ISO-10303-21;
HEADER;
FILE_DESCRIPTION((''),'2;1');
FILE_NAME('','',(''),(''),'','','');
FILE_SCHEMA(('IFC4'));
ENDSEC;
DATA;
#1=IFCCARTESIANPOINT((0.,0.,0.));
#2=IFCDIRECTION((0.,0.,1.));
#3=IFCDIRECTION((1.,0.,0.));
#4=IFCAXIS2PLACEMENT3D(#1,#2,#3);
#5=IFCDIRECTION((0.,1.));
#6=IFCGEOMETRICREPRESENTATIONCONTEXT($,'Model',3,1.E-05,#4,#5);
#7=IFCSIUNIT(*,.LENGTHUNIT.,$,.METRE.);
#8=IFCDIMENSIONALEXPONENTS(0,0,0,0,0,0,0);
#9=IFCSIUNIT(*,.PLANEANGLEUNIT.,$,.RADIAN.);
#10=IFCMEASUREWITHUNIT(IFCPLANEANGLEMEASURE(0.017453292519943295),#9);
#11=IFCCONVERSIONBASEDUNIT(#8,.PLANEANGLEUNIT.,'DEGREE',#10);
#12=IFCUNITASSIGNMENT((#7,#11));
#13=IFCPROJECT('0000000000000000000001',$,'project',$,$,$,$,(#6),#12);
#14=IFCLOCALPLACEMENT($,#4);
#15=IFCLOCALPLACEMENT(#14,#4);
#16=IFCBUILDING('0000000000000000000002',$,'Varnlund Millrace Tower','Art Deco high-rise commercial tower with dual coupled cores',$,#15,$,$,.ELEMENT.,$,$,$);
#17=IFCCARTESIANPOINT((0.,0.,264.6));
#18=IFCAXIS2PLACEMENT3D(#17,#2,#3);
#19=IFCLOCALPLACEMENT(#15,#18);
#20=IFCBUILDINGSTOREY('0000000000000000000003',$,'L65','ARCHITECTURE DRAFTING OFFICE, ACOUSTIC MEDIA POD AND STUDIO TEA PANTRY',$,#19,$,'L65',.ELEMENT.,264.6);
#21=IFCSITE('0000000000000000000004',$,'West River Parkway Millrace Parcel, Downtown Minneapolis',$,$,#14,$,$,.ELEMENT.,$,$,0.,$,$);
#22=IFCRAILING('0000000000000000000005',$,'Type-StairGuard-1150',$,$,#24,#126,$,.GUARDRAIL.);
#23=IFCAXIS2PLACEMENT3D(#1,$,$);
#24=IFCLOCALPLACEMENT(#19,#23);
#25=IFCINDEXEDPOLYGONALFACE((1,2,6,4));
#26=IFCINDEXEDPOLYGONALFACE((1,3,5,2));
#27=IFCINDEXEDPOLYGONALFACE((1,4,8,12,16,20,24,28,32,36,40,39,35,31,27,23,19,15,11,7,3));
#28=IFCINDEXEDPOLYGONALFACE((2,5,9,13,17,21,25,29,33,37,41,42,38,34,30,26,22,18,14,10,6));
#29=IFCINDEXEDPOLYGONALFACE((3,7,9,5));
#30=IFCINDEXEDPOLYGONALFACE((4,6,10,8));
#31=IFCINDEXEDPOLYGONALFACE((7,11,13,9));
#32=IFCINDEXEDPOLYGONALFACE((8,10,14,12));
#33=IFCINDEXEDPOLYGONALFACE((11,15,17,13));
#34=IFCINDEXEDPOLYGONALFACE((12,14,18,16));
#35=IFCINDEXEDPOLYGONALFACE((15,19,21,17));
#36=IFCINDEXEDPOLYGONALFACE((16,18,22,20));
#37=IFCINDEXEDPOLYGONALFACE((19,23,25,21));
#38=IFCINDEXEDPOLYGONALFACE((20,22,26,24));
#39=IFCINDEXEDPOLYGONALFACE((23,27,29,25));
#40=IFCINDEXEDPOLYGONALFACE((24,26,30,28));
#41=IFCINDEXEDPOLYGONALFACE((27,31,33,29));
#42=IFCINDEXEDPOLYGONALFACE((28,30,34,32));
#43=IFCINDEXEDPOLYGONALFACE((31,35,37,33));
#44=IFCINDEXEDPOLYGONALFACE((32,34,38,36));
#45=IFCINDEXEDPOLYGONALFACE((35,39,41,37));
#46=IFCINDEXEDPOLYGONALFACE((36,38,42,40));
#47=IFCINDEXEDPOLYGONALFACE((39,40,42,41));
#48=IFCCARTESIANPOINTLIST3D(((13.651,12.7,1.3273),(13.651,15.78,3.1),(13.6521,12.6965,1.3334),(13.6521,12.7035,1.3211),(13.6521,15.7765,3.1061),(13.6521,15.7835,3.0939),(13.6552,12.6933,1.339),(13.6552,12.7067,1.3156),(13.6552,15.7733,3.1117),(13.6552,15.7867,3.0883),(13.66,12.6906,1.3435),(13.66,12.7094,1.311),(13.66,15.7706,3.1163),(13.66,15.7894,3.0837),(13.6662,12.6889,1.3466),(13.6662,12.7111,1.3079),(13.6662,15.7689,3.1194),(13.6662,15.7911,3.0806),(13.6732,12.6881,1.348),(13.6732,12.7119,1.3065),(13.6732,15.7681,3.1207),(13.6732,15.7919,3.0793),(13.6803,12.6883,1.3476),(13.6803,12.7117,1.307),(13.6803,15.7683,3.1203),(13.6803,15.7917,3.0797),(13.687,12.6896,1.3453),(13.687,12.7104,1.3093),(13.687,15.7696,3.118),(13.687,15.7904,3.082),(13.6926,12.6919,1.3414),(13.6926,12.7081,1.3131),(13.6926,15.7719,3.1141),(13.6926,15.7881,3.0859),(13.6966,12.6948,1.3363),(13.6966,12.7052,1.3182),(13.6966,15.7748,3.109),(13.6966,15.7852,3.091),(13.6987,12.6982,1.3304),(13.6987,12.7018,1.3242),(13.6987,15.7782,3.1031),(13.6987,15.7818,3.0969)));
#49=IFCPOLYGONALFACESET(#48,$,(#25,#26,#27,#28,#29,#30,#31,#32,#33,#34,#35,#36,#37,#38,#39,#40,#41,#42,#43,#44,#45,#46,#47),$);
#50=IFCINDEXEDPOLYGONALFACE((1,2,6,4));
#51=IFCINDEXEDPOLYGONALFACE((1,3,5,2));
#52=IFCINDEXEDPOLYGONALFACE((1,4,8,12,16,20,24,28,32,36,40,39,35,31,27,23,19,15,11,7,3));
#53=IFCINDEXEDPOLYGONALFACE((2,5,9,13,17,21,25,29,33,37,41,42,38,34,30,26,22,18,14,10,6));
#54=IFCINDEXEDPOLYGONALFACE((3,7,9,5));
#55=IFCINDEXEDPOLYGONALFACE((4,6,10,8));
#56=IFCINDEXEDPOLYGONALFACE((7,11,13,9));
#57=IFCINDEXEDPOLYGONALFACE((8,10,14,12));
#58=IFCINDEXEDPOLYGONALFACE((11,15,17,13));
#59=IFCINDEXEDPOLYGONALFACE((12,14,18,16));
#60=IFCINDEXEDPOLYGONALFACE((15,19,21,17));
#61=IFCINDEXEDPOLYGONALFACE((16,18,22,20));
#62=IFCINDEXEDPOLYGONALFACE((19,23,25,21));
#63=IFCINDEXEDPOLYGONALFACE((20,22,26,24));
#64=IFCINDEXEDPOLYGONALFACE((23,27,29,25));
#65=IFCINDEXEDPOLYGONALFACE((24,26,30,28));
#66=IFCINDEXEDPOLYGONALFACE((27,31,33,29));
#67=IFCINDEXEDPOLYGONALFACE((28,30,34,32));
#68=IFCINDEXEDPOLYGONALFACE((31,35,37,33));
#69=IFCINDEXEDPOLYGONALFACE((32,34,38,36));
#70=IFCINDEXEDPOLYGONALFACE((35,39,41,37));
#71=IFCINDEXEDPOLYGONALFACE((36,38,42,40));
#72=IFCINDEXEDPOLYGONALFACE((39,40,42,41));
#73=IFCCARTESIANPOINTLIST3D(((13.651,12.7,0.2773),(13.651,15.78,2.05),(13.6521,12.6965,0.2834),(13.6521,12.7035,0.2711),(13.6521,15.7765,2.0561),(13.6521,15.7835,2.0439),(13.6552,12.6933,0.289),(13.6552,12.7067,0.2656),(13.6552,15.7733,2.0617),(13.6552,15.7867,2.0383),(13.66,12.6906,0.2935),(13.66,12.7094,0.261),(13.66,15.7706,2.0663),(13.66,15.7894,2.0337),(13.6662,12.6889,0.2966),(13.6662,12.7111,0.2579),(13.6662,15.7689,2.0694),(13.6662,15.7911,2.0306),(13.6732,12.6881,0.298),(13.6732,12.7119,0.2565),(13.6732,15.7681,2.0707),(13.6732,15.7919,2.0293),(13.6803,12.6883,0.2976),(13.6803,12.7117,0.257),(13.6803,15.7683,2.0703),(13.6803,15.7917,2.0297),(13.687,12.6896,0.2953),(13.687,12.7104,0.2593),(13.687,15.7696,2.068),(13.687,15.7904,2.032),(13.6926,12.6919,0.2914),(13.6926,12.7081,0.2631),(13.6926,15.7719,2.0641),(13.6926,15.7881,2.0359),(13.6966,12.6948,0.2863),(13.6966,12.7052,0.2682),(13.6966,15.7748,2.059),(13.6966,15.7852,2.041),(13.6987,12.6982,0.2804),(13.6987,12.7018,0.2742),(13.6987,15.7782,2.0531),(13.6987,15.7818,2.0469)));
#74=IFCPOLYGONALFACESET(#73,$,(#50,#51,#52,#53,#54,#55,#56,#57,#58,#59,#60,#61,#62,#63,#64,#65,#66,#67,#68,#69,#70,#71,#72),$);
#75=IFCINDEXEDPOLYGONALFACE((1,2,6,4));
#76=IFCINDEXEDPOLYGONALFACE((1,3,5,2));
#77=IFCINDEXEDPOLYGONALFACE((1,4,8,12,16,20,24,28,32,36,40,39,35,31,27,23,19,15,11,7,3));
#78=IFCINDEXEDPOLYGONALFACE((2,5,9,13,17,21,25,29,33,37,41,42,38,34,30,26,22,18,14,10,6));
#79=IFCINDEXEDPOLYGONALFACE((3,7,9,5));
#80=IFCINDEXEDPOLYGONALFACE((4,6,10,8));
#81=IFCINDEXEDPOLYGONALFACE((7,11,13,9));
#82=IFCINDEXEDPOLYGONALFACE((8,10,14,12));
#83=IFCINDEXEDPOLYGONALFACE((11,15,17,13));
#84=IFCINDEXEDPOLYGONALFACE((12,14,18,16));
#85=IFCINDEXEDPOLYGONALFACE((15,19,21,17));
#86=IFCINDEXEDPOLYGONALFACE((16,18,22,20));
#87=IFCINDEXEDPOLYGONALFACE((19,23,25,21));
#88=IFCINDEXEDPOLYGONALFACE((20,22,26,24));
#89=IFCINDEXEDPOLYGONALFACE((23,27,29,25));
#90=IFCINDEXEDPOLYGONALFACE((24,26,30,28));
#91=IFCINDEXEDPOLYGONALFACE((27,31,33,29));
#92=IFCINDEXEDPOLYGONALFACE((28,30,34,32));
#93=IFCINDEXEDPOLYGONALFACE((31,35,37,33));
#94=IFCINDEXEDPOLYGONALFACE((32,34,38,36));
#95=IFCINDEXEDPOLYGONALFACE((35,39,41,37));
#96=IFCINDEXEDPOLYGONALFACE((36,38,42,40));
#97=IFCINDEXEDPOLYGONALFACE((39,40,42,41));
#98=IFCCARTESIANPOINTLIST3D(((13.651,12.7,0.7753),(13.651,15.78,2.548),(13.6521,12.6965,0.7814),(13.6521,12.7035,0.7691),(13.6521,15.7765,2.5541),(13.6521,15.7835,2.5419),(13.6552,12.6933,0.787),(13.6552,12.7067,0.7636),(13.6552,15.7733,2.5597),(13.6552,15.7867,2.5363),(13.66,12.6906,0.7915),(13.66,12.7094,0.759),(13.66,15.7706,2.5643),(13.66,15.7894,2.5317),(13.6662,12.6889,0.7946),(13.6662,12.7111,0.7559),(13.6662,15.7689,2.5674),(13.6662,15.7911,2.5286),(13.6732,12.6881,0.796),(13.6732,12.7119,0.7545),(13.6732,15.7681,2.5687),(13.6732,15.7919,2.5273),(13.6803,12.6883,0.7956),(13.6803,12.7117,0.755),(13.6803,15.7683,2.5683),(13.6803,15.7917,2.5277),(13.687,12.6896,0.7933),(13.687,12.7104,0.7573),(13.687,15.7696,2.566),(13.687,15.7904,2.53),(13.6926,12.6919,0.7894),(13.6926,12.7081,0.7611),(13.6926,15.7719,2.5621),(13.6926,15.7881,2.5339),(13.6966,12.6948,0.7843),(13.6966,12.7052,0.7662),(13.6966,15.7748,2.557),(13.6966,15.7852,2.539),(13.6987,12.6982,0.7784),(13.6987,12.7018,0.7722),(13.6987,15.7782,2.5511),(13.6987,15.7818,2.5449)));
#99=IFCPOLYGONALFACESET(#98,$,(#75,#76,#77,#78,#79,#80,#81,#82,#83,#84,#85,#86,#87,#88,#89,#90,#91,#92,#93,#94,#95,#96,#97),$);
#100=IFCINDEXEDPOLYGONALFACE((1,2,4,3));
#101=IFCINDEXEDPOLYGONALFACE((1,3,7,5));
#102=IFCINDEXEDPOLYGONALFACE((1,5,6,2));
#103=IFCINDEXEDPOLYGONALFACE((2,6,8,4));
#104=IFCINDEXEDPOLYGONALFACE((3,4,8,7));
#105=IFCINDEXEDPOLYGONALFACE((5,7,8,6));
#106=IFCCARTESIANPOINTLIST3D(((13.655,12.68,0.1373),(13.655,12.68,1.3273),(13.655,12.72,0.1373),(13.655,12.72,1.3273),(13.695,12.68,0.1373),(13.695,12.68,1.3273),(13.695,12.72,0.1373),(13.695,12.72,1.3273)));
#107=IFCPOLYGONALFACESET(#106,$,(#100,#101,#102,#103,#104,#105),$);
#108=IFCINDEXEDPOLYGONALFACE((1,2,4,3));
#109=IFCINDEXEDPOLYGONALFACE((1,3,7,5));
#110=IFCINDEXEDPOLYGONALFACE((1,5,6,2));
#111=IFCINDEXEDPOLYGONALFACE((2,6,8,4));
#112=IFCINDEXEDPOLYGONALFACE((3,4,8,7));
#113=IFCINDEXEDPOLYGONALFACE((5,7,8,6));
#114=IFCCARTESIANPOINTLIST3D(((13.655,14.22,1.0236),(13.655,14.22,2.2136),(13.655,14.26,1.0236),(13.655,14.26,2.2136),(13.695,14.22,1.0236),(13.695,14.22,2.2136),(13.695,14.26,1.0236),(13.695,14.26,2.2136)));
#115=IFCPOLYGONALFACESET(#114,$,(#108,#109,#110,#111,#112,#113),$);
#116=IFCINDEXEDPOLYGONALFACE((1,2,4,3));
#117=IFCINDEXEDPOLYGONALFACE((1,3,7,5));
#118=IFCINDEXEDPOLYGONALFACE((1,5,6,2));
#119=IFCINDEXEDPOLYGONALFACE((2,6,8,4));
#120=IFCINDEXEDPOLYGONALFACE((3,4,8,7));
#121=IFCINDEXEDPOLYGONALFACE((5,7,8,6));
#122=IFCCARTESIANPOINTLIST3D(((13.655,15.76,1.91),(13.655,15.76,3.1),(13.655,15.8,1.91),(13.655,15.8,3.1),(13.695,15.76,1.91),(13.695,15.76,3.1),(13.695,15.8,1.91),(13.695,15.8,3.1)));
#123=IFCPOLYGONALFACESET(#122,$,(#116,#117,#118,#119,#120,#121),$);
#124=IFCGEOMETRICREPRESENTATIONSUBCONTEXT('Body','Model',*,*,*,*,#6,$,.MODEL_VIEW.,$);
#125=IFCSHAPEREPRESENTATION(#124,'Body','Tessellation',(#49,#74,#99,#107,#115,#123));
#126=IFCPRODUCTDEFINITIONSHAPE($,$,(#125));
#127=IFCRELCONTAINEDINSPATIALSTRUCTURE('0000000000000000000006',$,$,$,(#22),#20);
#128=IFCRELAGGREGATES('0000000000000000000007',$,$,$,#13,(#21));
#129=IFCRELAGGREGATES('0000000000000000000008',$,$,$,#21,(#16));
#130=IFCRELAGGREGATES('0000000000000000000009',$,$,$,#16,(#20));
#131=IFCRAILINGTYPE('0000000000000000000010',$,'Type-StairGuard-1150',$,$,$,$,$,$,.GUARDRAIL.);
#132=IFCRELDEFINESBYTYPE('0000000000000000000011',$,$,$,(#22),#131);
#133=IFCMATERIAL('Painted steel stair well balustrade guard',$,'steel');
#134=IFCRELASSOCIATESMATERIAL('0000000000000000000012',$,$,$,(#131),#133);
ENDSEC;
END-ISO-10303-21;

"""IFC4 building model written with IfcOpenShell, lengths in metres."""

from ifc_helpers import new_model, entity, si_unit, converted_unit, direction, frame, origin_with_axes, origin_2d_with_axis, place, context, subcontext, project, spatial, rectangle, circle, extrude, material, type_object, element, save


model = new_model("IFC4")

# Units and contexts
model_context = context("Model", 3, precision=1e-05, world=origin_with_axes(), true_north=direction((0.0, 1.0)))
body_context = subcontext(model_context, "Body", "Model", "MODEL_VIEW")
ifc_project = project(units=[si_unit("LENGTHUNIT", "METRE"), converted_unit("PLANEANGLEUNIT", "DEGREE", entity("IfcPlaneAngleMeasure", 0.017453292519943295), si_unit("PLANEANGLEUNIT", "RADIAN"), dimensions=[0, 0, 0, 0, 0, 0, 0])], contexts=[model_context])

# Site, building, storey
site_placement = place(None, origin_with_axes())
site = spatial("IfcSite", under=ifc_project, at=site_placement, Name="West River Parkway Millrace Parcel, Downtown Minneapolis", CompositionType="ELEMENT", RefElevation=0.0)
building_placement = place(site_placement, origin_with_axes())
building = spatial("IfcBuilding", under=site, at=building_placement, Name="Varnlund Millrace Tower", Description="Art Deco high-rise commercial tower with dual coupled cores", CompositionType="ELEMENT")
storey_placement = place(building_placement, frame((0.0, 0.0, 264.6), z_axis=(0.0, 0.0, 1.0), x_axis=(1.0, 0.0, 0.0)))
storey = spatial("IfcBuildingStorey", under=building, at=storey_placement, Name="L65", Description="ARCHITECTURE DRAFTING OFFICE, ACOUSTIC MEDIA POD AND STUDIO TEA PANTRY", LongName="L65", CompositionType="ELEMENT", Elevation=264.6)

# Railing
ifc_material_1 = material(Name="Painted steel stair well balustrade guard", Category="steel")
railing_type_1 = type_object("IfcRailingType", Name="Type-StairGuard-1150", PredefinedType="GUARDRAIL", material=ifc_material_1)
railing_1_placement = place(storey_placement, frame((0.0, 0.0, -264.6), z_axis=(0.0, 0.0, 1.0), x_axis=(1.0, 0.0, 0.0)))
element("IfcRailing", 1, at=railing_1_placement, inside=storey, type_object=railing_type_1, Name="Type-StairGuard-1150", PredefinedType="GUARDRAIL", context=body_context, shape_type="SweptSolid", body=[
    extrude(circle(Radius=0.024, at=origin_2d_with_axis()), frame((13.675, 12.7, 265.9273), z_axis=(0.0, 0.866696, 0.498836), x_axis=(-1.0, 0.0, 0.0)), (0.0, 0.0, 1.0), 3.5537),
    extrude(circle(Radius=0.024, at=origin_2d_with_axis()), frame((13.675, 12.7, 264.8773), z_axis=(0.0, 0.866696, 0.498836), x_axis=(-1.0, 0.0, 0.0)), (0.0, 0.0, 1.0), 3.5537),
    extrude(circle(Radius=0.024, at=origin_2d_with_axis()), frame((13.675, 12.7, 265.3753), z_axis=(0.0, 0.866696, 0.498836), x_axis=(-1.0, 0.0, 0.0)), (0.0, 0.0, 1.0), 3.5537),
    extrude(rectangle(XDim=0.04, YDim=0.04, at=origin_2d_with_axis()), frame((13.675, 12.7, 264.7373), z_axis=(0.0, 0.0, 1.0), x_axis=(1.0, 0.0, 0.0)), (0.0, 0.0, 1.0), 1.19),
    extrude(rectangle(XDim=0.04, YDim=0.04, at=origin_2d_with_axis()), frame((13.675, 14.24, 265.6236), z_axis=(0.0, 0.0, 1.0), x_axis=(1.0, 0.0, 0.0)), (0.0, 0.0, 1.0), 1.19),
    extrude(rectangle(XDim=0.04, YDim=0.04, at=origin_2d_with_axis()), frame((13.675, 15.78, 266.51), z_axis=(0.0, 0.0, 1.0), x_axis=(1.0, 0.0, 0.0)), (0.0, 0.0, 1.0), 1.19),
])

save(model, "model.ifc")
